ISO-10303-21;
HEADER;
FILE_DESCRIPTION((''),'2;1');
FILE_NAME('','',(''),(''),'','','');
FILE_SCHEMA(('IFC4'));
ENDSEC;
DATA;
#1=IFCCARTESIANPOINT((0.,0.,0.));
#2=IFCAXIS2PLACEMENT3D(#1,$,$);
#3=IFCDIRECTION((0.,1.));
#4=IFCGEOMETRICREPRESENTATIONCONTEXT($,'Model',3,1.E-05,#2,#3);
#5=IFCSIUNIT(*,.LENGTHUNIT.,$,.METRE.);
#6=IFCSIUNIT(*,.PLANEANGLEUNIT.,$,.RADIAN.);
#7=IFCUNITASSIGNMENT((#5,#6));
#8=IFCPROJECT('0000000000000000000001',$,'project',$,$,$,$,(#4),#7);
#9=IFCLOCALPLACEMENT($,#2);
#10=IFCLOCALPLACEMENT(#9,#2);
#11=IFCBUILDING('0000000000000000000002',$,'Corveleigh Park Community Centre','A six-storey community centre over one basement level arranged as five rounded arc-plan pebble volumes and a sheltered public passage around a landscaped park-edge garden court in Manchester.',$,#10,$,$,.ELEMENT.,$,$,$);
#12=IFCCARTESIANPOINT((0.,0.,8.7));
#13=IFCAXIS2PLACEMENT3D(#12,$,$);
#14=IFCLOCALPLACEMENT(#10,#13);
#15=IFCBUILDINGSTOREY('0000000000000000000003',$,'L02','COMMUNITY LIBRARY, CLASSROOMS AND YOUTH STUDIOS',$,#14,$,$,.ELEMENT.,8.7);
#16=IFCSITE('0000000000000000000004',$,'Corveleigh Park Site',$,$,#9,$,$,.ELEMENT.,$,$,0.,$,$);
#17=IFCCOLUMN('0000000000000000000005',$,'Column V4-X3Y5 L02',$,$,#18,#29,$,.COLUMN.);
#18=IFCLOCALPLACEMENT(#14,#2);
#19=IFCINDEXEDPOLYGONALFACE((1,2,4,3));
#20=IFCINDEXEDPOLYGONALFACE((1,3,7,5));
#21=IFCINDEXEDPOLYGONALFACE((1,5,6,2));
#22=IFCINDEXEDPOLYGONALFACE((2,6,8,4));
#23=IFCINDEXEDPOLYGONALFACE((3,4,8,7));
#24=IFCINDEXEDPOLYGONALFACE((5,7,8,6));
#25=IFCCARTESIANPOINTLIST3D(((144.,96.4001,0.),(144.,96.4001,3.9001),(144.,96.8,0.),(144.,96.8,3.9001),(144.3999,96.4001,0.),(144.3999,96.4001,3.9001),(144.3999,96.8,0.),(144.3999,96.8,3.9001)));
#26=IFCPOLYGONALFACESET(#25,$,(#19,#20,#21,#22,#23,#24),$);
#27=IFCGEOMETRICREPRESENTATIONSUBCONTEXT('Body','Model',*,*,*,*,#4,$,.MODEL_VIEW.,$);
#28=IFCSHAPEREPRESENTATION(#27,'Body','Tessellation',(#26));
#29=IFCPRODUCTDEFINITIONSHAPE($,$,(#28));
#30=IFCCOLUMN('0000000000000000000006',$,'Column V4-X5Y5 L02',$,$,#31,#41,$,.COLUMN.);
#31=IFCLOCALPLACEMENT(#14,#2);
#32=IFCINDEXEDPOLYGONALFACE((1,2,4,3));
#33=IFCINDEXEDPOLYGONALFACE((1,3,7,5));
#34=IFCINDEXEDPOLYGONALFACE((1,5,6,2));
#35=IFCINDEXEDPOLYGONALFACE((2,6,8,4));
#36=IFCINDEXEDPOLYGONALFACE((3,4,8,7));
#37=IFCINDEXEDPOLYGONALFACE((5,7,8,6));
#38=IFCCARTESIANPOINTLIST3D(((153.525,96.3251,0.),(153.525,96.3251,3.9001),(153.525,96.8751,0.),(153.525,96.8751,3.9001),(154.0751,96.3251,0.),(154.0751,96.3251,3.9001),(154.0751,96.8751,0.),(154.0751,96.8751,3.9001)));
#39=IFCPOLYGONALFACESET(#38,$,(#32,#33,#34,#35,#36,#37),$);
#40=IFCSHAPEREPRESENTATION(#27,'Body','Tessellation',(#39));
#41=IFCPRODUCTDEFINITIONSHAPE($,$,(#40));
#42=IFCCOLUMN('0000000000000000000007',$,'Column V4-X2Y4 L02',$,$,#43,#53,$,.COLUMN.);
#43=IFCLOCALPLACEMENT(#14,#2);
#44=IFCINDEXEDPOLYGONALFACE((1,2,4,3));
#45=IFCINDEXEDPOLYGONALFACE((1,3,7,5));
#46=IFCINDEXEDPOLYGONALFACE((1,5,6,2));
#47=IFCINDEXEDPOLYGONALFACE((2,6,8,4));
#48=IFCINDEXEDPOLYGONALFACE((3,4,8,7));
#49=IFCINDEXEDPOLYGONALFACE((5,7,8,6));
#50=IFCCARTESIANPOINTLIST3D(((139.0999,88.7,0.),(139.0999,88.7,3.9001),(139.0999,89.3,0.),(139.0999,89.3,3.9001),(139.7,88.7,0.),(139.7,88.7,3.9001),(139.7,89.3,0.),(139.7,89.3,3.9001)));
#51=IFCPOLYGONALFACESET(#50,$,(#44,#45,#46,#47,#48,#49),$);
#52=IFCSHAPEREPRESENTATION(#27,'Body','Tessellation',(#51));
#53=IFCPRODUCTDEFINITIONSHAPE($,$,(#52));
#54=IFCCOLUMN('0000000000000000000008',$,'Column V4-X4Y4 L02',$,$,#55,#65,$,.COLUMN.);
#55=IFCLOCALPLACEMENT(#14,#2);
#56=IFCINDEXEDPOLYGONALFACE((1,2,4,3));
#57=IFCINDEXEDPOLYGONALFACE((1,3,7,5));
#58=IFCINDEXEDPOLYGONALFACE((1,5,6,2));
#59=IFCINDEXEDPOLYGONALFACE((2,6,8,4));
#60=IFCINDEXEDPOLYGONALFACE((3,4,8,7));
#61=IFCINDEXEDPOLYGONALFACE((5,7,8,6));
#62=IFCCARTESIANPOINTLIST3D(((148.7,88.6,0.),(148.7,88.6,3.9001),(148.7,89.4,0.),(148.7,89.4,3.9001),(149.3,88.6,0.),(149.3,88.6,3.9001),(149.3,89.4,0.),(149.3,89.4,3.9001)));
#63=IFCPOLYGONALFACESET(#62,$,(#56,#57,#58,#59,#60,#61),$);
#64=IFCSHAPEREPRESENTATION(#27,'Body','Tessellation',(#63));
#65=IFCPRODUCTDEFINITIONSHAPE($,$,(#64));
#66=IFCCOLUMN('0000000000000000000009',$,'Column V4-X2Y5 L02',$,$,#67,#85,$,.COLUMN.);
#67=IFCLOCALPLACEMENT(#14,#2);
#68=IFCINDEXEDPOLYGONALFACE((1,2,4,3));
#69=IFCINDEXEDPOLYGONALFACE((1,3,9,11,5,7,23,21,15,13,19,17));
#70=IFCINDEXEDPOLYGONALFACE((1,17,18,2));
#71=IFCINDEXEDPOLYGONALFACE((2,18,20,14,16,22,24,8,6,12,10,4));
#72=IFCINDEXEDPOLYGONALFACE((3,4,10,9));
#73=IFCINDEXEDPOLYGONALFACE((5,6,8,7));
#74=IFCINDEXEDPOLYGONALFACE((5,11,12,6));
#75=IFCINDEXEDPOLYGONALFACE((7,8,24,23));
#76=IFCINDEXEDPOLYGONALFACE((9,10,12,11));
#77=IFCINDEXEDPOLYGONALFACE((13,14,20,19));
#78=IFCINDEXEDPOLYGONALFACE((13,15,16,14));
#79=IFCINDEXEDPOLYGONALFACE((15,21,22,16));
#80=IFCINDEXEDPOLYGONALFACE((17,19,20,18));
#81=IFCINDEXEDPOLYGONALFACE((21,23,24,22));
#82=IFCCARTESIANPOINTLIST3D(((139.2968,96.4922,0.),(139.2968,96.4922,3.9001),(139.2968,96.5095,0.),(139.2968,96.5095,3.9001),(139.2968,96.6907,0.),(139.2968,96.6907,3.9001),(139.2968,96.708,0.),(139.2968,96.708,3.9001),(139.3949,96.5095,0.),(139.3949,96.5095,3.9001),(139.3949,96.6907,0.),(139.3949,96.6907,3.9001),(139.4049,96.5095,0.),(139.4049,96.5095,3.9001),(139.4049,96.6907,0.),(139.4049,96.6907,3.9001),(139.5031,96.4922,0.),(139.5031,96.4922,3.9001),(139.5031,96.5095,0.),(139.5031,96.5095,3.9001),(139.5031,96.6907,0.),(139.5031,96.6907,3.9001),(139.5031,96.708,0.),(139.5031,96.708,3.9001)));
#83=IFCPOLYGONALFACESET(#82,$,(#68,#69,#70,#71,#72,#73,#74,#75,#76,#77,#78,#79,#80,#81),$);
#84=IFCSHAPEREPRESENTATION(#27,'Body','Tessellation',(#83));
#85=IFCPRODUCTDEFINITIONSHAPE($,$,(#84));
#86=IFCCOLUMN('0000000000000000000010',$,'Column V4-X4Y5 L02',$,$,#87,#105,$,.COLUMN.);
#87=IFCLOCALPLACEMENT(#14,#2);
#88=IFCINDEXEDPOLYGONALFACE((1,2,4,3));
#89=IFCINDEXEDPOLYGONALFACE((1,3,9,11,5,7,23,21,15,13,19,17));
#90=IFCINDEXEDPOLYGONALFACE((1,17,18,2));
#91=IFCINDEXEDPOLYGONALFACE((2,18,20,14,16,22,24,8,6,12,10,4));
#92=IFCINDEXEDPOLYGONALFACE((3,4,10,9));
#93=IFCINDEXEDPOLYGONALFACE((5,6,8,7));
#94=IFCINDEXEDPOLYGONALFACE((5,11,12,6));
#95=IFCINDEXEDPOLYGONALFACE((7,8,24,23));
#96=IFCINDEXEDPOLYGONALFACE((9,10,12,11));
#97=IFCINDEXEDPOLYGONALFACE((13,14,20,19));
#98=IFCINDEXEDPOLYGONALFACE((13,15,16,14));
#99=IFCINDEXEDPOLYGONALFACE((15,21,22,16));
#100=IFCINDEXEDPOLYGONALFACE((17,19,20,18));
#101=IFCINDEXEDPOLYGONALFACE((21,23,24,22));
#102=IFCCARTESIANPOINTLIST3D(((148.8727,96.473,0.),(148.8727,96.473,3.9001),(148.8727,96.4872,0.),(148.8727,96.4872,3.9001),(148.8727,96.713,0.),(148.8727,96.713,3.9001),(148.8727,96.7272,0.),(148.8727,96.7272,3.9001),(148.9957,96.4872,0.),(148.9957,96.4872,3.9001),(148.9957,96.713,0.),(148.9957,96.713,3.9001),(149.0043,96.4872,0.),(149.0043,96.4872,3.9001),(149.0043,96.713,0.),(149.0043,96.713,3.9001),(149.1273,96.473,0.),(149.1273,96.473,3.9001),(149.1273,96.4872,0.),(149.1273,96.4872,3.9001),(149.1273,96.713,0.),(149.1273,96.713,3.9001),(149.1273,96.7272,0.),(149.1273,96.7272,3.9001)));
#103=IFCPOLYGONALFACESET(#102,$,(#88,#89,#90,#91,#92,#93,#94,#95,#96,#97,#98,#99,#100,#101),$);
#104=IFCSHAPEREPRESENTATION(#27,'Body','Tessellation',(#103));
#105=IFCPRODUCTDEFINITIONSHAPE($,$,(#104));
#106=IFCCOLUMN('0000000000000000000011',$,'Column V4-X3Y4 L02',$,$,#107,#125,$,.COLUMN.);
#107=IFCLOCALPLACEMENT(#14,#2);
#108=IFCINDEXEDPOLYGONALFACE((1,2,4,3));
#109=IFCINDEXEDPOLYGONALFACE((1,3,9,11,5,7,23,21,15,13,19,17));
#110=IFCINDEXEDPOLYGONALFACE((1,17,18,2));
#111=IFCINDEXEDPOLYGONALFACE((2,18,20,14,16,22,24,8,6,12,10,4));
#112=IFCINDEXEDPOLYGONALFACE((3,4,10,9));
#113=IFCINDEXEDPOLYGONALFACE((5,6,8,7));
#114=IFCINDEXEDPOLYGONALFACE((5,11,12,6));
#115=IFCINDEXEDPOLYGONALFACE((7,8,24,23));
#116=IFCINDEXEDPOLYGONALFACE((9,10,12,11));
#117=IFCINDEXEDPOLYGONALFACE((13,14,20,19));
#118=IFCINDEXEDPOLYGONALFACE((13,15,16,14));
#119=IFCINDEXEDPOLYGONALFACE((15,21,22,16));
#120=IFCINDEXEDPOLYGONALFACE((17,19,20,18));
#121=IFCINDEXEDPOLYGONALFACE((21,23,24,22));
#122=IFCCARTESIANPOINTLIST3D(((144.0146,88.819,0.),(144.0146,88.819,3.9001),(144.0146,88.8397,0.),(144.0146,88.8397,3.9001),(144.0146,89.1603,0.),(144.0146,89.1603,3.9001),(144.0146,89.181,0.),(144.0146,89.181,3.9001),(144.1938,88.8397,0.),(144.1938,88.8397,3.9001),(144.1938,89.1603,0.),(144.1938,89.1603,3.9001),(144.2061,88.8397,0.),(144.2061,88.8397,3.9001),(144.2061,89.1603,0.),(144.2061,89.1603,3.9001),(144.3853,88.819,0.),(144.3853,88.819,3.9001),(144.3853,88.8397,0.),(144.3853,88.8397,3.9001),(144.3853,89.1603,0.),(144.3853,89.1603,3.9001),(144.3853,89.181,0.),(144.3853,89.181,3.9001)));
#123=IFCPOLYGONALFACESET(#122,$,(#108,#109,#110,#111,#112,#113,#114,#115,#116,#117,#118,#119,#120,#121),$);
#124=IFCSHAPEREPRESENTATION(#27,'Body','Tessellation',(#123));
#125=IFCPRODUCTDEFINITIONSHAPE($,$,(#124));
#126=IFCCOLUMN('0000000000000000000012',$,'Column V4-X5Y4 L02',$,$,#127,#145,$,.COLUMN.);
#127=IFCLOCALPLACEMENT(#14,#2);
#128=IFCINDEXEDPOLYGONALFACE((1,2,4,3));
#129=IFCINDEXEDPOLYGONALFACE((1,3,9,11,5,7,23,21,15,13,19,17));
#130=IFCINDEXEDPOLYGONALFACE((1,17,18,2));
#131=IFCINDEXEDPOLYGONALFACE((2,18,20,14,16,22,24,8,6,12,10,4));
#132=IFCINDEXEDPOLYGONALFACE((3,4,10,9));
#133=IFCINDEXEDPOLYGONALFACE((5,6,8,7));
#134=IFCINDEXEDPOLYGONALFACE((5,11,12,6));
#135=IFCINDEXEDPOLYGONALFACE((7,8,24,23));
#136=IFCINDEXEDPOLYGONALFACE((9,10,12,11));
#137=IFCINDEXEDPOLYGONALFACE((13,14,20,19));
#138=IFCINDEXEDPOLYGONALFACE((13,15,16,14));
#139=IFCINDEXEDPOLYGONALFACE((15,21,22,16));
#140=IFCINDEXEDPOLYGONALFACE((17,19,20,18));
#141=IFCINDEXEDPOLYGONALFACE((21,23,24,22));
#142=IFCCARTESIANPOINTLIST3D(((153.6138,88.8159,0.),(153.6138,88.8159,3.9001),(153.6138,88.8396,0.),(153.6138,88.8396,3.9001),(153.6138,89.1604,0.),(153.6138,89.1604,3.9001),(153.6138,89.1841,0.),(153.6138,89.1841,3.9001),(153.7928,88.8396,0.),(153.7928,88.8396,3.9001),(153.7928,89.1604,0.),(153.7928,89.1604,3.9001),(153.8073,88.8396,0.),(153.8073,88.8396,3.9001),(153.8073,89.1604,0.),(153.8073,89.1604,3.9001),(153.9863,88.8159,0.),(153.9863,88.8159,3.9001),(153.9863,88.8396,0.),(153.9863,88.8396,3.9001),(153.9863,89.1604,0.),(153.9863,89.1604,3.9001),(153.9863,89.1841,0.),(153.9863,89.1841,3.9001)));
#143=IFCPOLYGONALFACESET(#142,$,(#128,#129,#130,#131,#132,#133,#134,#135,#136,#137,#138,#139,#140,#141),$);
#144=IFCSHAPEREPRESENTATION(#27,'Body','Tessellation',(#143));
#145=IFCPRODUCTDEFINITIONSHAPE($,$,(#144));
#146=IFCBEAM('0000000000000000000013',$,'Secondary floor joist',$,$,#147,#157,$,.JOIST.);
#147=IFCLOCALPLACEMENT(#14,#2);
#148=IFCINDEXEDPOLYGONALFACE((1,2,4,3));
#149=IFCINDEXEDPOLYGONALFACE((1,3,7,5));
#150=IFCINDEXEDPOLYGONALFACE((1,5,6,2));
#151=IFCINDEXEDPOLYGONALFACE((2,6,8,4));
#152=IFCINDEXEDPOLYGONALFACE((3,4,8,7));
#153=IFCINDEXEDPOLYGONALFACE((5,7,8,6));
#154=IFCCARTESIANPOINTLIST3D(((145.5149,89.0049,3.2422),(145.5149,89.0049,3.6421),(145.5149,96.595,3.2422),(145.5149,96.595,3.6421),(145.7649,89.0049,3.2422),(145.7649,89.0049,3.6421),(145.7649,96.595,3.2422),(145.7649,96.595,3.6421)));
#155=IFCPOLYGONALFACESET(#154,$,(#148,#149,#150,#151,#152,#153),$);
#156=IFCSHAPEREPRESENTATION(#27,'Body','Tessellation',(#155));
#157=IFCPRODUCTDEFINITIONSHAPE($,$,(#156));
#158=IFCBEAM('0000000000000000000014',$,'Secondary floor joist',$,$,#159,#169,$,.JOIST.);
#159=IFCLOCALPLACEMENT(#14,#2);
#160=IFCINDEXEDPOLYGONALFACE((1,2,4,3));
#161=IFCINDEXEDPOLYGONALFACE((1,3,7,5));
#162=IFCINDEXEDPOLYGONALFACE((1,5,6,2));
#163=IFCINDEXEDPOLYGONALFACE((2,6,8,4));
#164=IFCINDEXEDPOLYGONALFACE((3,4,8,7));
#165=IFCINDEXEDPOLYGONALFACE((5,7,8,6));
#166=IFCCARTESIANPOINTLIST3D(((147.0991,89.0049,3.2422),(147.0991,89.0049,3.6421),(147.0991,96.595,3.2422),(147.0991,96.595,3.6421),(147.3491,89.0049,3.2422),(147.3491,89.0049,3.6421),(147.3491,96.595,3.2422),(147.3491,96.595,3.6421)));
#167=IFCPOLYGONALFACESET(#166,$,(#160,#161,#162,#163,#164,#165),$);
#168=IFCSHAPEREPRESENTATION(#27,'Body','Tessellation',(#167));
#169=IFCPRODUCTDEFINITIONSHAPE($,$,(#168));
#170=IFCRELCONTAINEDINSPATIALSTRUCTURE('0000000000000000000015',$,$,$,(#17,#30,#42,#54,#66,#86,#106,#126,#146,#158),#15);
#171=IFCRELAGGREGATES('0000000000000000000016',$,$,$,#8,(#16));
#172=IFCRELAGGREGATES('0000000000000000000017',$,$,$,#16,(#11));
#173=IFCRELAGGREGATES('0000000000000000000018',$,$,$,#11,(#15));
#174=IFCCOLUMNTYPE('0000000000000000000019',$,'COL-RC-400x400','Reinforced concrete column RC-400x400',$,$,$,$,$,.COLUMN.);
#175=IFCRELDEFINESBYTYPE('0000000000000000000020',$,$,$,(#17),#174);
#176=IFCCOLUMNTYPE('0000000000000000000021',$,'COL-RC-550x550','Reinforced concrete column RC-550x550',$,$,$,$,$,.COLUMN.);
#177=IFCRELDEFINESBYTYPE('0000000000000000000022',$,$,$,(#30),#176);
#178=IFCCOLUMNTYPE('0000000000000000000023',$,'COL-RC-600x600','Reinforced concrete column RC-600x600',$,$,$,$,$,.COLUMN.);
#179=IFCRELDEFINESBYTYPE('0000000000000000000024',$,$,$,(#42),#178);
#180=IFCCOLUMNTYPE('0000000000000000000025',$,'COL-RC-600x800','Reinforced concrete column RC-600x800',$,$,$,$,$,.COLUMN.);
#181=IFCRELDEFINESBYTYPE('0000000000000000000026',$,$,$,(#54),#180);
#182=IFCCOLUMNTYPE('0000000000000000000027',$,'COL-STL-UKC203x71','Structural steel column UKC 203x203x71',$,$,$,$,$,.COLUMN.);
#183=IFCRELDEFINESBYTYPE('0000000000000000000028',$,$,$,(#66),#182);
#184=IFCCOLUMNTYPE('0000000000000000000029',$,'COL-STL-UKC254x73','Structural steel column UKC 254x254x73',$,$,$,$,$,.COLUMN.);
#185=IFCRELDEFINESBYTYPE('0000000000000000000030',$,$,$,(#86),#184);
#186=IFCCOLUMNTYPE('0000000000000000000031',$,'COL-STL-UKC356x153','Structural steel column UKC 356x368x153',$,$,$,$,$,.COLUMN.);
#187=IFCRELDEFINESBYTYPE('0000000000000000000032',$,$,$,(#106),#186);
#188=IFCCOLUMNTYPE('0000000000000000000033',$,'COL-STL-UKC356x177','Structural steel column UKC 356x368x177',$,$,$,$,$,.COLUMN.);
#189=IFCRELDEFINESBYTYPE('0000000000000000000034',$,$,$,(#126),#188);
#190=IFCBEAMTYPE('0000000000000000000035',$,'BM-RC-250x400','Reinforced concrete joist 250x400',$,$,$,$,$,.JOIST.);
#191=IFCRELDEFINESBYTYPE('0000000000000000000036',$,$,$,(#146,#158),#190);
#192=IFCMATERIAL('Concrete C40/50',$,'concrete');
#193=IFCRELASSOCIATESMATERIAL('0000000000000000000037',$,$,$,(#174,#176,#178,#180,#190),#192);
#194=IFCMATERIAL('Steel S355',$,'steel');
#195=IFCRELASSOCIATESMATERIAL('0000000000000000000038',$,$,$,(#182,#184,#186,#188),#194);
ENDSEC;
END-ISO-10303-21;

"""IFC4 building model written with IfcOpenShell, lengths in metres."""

from ifc_helpers import new_model, si_unit, direction, frame, origin, origin_2d, place, context, subcontext, project, spatial, rectangle, i_section, extrude, material, material_profile, profile_set, type_object, element, save


model = new_model("IFC4")

# Units and contexts
model_context = context("Model", 3, precision=1e-05, world=origin(), true_north=direction((0.0, 1.0)))
body_context = subcontext(model_context, "Body", "Model", "MODEL_VIEW")
ifc_project = project(units=[si_unit("LENGTHUNIT", "METRE"), si_unit("PLANEANGLEUNIT", "RADIAN")], contexts=[model_context])

# Site, building, storey
site_placement = place(None, origin())
site = spatial("IfcSite", under=ifc_project, at=site_placement, Name="Corveleigh Park Site", CompositionType="ELEMENT", RefElevation=0.0)
building_placement = place(site_placement, origin())
building = spatial("IfcBuilding", under=site, at=building_placement, Name="Corveleigh Park Community Centre", Description="A six-storey community centre over one basement level arranged as five rounded arc-plan pebble volumes and a sheltered public passage around a landscaped park-edge garden court in Manchester.", CompositionType="ELEMENT")
storey_placement = place(building_placement, frame((0.0, 0.0, 8.7)))
storey = spatial("IfcBuildingStorey", under=building, at=storey_placement, Name="L02", Description="COMMUNITY LIBRARY, CLASSROOMS AND YOUTH STUDIOS", CompositionType="ELEMENT", Elevation=8.7)

# Columns
ifc_material_1 = material(Name="Concrete C40/50", Category="concrete")
ifc_material_profile_1 = material_profile(ifc_material_1, rectangle(XDim=0.3999, YDim=0.3999, at=origin_2d()), Name="RC-400x400", Category="concrete")
ifc_profile_set_1 = profile_set([ifc_material_profile_1], Name="Concrete C40/50")
column_type_1 = type_object("IfcColumnType", Name="COL-RC-400x400", Description="Reinforced concrete column RC-400x400", PredefinedType="COLUMN", material=ifc_profile_set_1)
column_1_placement = place(storey_placement, frame((144.2, 96.6001, 0.0), z_axis=(0.0, 0.0, 1.0), x_axis=(1.0, 0.0, 0.0)))
element("IfcColumn", 1, at=column_1_placement, inside=storey, type_object=column_type_1, Name="Column V4-X3Y5 L02", PredefinedType="COLUMN", context=body_context, shape_type="SweptSolid", body=[
    extrude(rectangle(XDim=0.3999, YDim=0.3999, at=origin_2d()), origin(), (0.0, 0.0, 1.0), 3.9001),
])
ifc_material_profile_2 = material_profile(ifc_material_1, rectangle(XDim=0.55, YDim=0.55, at=origin_2d()), Name="RC-550x550", Category="concrete")
ifc_profile_set_2 = profile_set([ifc_material_profile_2], Name="Concrete C40/50")
column_type_2 = type_object("IfcColumnType", Name="COL-RC-550x550", Description="Reinforced concrete column RC-550x550", PredefinedType="COLUMN", material=ifc_profile_set_2)
column_2_placement = place(storey_placement, frame((153.8, 96.6001, 0.0), z_axis=(0.0, 0.0, 1.0), x_axis=(1.0, 0.0, 0.0)))
element("IfcColumn", 2, at=column_2_placement, inside=storey, type_object=column_type_2, Name="Column V4-X5Y5 L02", PredefinedType="COLUMN", context=body_context, shape_type="SweptSolid", body=[
    extrude(rectangle(XDim=0.55, YDim=0.55, at=origin_2d()), origin(), (0.0, 0.0, 1.0), 3.9001),
])
ifc_material_profile_3 = material_profile(ifc_material_1, rectangle(XDim=0.6001, YDim=0.6001, at=origin_2d()), Name="RC-600x600", Category="concrete")
ifc_profile_set_3 = profile_set([ifc_material_profile_3], Name="Concrete C40/50")
column_type_3 = type_object("IfcColumnType", Name="COL-RC-600x600", Description="Reinforced concrete column RC-600x600", PredefinedType="COLUMN", material=ifc_profile_set_3)
column_3_placement = place(storey_placement, frame((139.3999, 89.0, 0.0), z_axis=(0.0, 0.0, 1.0), x_axis=(1.0, 0.0, 0.0)))
element("IfcColumn", 3, at=column_3_placement, inside=storey, type_object=column_type_3, Name="Column V4-X2Y4 L02", PredefinedType="COLUMN", context=body_context, shape_type="SweptSolid", body=[
    extrude(rectangle(XDim=0.6001, YDim=0.6001, at=origin_2d()), origin(), (0.0, 0.0, 1.0), 3.9001),
])
ifc_material_profile_4 = material_profile(ifc_material_1, rectangle(XDim=0.6001, YDim=0.8, at=origin_2d()), Name="RC-600x800", Category="concrete")
ifc_profile_set_4 = profile_set([ifc_material_profile_4], Name="Concrete C40/50")
column_type_4 = type_object("IfcColumnType", Name="COL-RC-600x800", Description="Reinforced concrete column RC-600x800", PredefinedType="COLUMN", material=ifc_profile_set_4)
column_4_placement = place(storey_placement, frame((149.0, 89.0, 0.0), z_axis=(0.0, 0.0, 1.0), x_axis=(1.0, 0.0, 0.0)))
element("IfcColumn", 4, at=column_4_placement, inside=storey, type_object=column_type_4, Name="Column V4-X4Y4 L02", PredefinedType="COLUMN", context=body_context, shape_type="SweptSolid", body=[
    extrude(rectangle(XDim=0.6001, YDim=0.8, at=origin_2d()), origin(), (0.0, 0.0, 1.0), 3.9001),
])
ifc_material_2 = material(Name="Steel S355", Category="steel")
ifc_material_profile_5 = material_profile(ifc_material_2, i_section(OverallWidth=0.2063, OverallDepth=0.2158, WebThickness=0.01, FlangeThickness=0.0173, at=origin_2d()), Name="UKC 203x203x71", Category="steel")
ifc_profile_set_5 = profile_set([ifc_material_profile_5], Name="Steel S355")
column_type_5 = type_object("IfcColumnType", Name="COL-STL-UKC203x71", Description="Structural steel column UKC 203x203x71", PredefinedType="COLUMN", material=ifc_profile_set_5)
column_5_placement = place(storey_placement, frame((139.3999, 96.6001, 0.0), z_axis=(0.0, 0.0, 1.0), x_axis=(1.0, 0.0, 0.0)))
element("IfcColumn", 5, at=column_5_placement, inside=storey, type_object=column_type_5, Name="Column V4-X2Y5 L02", PredefinedType="COLUMN", context=body_context, shape_type="SweptSolid", body=[
    extrude(i_section(OverallWidth=0.2063, OverallDepth=0.2158, WebThickness=0.01, FlangeThickness=0.0173, at=origin_2d()), origin(), (0.0, 0.0, 1.0), 3.9001),
])
ifc_material_profile_6 = material_profile(ifc_material_2, i_section(OverallWidth=0.2546, OverallDepth=0.2542, WebThickness=0.0085, FlangeThickness=0.0142, at=origin_2d()), Name="UKC 254x254x73", Category="steel")
ifc_profile_set_6 = profile_set([ifc_material_profile_6], Name="Steel S355")
column_type_6 = type_object("IfcColumnType", Name="COL-STL-UKC254x73", Description="Structural steel column UKC 254x254x73", PredefinedType="COLUMN", material=ifc_profile_set_6)
column_6_placement = place(storey_placement, frame((149.0, 96.6001, 0.0), z_axis=(0.0, 0.0, 1.0), x_axis=(1.0, 0.0, 0.0)))
element("IfcColumn", 6, at=column_6_placement, inside=storey, type_object=column_type_6, Name="Column V4-X4Y5 L02", PredefinedType="COLUMN", context=body_context, shape_type="SweptSolid", body=[
    extrude(i_section(OverallWidth=0.2546, OverallDepth=0.2542, WebThickness=0.0085, FlangeThickness=0.0142, at=origin_2d()), origin(), (0.0, 0.0, 1.0), 3.9001),
])
ifc_material_profile_7 = material_profile(ifc_material_2, i_section(OverallWidth=0.3706, OverallDepth=0.3621, WebThickness=0.0122, FlangeThickness=0.0208, at=origin_2d()), Name="UKC 356x368x153", Category="steel")
ifc_profile_set_7 = profile_set([ifc_material_profile_7], Name="Steel S355")
column_type_7 = type_object("IfcColumnType", Name="COL-STL-UKC356x153", Description="Structural steel column UKC 356x368x153", PredefinedType="COLUMN", material=ifc_profile_set_7)
column_7_placement = place(storey_placement, frame((144.2, 89.0, 0.0), z_axis=(0.0, 0.0, 1.0), x_axis=(1.0, 0.0, 0.0)))
element("IfcColumn", 7, at=column_7_placement, inside=storey, type_object=column_type_7, Name="Column V4-X3Y4 L02", PredefinedType="COLUMN", context=body_context, shape_type="SweptSolid", body=[
    extrude(i_section(OverallWidth=0.3706, OverallDepth=0.3621, WebThickness=0.0122, FlangeThickness=0.0208, at=origin_2d()), origin(), (0.0, 0.0, 1.0), 3.9001),
])
ifc_material_profile_8 = material_profile(ifc_material_2, i_section(OverallWidth=0.3726, OverallDepth=0.3682, WebThickness=0.0144, FlangeThickness=0.0237, at=origin_2d()), Name="UKC 356x368x177", Category="steel")
ifc_profile_set_8 = profile_set([ifc_material_profile_8], Name="Steel S355")
column_type_8 = type_object("IfcColumnType", Name="COL-STL-UKC356x177", Description="Structural steel column UKC 356x368x177", PredefinedType="COLUMN", material=ifc_profile_set_8)
column_8_placement = place(storey_placement, frame((153.8, 89.0, 0.0), z_axis=(0.0, 0.0, 1.0), x_axis=(1.0, 0.0, 0.0)))
element("IfcColumn", 8, at=column_8_placement, inside=storey, type_object=column_type_8, Name="Column V4-X5Y4 L02", PredefinedType="COLUMN", context=body_context, shape_type="SweptSolid", body=[
    extrude(i_section(OverallWidth=0.3726, OverallDepth=0.3682, WebThickness=0.0144, FlangeThickness=0.0237, at=origin_2d()), origin(), (0.0, 0.0, 1.0), 3.9001),
])

# Beams
ifc_material_profile_9 = material_profile(ifc_material_1, rectangle(XDim=0.25, YDim=0.3999, at=origin_2d()), Name="RC-250x400", Category="concrete")
ifc_profile_set_9 = profile_set([ifc_material_profile_9], Name="Concrete C40/50")
beam_type_1 = type_object("IfcBeamType", Name="BM-RC-250x400", Description="Reinforced concrete joist 250x400", PredefinedType="JOIST", material=ifc_profile_set_9)
for number, where, z_axis, x_axis, name in (
    (9, (145.6399, 89.0049, 3.4421), (0.0, 1.0, 0.0), (-1.0, 0.0, 0.0), "Secondary floor joist"),
    (10, (147.2241, 89.0049, 3.4421), (0.0, 1.0, 0.0), (-1.0, 0.0, 0.0), "Secondary floor joist"),
):
    element("IfcBeam", number, at=place(storey_placement, frame(where, z_axis=z_axis, x_axis=x_axis)), inside=storey, type_object=beam_type_1, Name=name, PredefinedType="JOIST", context=body_context, shape_type="SweptSolid", body=[
        extrude(rectangle(XDim=0.25, YDim=0.3999, at=origin_2d()), origin(), (0.0, 0.0, 1.0), 7.5901),
    ])

save(model, "model.ifc")
